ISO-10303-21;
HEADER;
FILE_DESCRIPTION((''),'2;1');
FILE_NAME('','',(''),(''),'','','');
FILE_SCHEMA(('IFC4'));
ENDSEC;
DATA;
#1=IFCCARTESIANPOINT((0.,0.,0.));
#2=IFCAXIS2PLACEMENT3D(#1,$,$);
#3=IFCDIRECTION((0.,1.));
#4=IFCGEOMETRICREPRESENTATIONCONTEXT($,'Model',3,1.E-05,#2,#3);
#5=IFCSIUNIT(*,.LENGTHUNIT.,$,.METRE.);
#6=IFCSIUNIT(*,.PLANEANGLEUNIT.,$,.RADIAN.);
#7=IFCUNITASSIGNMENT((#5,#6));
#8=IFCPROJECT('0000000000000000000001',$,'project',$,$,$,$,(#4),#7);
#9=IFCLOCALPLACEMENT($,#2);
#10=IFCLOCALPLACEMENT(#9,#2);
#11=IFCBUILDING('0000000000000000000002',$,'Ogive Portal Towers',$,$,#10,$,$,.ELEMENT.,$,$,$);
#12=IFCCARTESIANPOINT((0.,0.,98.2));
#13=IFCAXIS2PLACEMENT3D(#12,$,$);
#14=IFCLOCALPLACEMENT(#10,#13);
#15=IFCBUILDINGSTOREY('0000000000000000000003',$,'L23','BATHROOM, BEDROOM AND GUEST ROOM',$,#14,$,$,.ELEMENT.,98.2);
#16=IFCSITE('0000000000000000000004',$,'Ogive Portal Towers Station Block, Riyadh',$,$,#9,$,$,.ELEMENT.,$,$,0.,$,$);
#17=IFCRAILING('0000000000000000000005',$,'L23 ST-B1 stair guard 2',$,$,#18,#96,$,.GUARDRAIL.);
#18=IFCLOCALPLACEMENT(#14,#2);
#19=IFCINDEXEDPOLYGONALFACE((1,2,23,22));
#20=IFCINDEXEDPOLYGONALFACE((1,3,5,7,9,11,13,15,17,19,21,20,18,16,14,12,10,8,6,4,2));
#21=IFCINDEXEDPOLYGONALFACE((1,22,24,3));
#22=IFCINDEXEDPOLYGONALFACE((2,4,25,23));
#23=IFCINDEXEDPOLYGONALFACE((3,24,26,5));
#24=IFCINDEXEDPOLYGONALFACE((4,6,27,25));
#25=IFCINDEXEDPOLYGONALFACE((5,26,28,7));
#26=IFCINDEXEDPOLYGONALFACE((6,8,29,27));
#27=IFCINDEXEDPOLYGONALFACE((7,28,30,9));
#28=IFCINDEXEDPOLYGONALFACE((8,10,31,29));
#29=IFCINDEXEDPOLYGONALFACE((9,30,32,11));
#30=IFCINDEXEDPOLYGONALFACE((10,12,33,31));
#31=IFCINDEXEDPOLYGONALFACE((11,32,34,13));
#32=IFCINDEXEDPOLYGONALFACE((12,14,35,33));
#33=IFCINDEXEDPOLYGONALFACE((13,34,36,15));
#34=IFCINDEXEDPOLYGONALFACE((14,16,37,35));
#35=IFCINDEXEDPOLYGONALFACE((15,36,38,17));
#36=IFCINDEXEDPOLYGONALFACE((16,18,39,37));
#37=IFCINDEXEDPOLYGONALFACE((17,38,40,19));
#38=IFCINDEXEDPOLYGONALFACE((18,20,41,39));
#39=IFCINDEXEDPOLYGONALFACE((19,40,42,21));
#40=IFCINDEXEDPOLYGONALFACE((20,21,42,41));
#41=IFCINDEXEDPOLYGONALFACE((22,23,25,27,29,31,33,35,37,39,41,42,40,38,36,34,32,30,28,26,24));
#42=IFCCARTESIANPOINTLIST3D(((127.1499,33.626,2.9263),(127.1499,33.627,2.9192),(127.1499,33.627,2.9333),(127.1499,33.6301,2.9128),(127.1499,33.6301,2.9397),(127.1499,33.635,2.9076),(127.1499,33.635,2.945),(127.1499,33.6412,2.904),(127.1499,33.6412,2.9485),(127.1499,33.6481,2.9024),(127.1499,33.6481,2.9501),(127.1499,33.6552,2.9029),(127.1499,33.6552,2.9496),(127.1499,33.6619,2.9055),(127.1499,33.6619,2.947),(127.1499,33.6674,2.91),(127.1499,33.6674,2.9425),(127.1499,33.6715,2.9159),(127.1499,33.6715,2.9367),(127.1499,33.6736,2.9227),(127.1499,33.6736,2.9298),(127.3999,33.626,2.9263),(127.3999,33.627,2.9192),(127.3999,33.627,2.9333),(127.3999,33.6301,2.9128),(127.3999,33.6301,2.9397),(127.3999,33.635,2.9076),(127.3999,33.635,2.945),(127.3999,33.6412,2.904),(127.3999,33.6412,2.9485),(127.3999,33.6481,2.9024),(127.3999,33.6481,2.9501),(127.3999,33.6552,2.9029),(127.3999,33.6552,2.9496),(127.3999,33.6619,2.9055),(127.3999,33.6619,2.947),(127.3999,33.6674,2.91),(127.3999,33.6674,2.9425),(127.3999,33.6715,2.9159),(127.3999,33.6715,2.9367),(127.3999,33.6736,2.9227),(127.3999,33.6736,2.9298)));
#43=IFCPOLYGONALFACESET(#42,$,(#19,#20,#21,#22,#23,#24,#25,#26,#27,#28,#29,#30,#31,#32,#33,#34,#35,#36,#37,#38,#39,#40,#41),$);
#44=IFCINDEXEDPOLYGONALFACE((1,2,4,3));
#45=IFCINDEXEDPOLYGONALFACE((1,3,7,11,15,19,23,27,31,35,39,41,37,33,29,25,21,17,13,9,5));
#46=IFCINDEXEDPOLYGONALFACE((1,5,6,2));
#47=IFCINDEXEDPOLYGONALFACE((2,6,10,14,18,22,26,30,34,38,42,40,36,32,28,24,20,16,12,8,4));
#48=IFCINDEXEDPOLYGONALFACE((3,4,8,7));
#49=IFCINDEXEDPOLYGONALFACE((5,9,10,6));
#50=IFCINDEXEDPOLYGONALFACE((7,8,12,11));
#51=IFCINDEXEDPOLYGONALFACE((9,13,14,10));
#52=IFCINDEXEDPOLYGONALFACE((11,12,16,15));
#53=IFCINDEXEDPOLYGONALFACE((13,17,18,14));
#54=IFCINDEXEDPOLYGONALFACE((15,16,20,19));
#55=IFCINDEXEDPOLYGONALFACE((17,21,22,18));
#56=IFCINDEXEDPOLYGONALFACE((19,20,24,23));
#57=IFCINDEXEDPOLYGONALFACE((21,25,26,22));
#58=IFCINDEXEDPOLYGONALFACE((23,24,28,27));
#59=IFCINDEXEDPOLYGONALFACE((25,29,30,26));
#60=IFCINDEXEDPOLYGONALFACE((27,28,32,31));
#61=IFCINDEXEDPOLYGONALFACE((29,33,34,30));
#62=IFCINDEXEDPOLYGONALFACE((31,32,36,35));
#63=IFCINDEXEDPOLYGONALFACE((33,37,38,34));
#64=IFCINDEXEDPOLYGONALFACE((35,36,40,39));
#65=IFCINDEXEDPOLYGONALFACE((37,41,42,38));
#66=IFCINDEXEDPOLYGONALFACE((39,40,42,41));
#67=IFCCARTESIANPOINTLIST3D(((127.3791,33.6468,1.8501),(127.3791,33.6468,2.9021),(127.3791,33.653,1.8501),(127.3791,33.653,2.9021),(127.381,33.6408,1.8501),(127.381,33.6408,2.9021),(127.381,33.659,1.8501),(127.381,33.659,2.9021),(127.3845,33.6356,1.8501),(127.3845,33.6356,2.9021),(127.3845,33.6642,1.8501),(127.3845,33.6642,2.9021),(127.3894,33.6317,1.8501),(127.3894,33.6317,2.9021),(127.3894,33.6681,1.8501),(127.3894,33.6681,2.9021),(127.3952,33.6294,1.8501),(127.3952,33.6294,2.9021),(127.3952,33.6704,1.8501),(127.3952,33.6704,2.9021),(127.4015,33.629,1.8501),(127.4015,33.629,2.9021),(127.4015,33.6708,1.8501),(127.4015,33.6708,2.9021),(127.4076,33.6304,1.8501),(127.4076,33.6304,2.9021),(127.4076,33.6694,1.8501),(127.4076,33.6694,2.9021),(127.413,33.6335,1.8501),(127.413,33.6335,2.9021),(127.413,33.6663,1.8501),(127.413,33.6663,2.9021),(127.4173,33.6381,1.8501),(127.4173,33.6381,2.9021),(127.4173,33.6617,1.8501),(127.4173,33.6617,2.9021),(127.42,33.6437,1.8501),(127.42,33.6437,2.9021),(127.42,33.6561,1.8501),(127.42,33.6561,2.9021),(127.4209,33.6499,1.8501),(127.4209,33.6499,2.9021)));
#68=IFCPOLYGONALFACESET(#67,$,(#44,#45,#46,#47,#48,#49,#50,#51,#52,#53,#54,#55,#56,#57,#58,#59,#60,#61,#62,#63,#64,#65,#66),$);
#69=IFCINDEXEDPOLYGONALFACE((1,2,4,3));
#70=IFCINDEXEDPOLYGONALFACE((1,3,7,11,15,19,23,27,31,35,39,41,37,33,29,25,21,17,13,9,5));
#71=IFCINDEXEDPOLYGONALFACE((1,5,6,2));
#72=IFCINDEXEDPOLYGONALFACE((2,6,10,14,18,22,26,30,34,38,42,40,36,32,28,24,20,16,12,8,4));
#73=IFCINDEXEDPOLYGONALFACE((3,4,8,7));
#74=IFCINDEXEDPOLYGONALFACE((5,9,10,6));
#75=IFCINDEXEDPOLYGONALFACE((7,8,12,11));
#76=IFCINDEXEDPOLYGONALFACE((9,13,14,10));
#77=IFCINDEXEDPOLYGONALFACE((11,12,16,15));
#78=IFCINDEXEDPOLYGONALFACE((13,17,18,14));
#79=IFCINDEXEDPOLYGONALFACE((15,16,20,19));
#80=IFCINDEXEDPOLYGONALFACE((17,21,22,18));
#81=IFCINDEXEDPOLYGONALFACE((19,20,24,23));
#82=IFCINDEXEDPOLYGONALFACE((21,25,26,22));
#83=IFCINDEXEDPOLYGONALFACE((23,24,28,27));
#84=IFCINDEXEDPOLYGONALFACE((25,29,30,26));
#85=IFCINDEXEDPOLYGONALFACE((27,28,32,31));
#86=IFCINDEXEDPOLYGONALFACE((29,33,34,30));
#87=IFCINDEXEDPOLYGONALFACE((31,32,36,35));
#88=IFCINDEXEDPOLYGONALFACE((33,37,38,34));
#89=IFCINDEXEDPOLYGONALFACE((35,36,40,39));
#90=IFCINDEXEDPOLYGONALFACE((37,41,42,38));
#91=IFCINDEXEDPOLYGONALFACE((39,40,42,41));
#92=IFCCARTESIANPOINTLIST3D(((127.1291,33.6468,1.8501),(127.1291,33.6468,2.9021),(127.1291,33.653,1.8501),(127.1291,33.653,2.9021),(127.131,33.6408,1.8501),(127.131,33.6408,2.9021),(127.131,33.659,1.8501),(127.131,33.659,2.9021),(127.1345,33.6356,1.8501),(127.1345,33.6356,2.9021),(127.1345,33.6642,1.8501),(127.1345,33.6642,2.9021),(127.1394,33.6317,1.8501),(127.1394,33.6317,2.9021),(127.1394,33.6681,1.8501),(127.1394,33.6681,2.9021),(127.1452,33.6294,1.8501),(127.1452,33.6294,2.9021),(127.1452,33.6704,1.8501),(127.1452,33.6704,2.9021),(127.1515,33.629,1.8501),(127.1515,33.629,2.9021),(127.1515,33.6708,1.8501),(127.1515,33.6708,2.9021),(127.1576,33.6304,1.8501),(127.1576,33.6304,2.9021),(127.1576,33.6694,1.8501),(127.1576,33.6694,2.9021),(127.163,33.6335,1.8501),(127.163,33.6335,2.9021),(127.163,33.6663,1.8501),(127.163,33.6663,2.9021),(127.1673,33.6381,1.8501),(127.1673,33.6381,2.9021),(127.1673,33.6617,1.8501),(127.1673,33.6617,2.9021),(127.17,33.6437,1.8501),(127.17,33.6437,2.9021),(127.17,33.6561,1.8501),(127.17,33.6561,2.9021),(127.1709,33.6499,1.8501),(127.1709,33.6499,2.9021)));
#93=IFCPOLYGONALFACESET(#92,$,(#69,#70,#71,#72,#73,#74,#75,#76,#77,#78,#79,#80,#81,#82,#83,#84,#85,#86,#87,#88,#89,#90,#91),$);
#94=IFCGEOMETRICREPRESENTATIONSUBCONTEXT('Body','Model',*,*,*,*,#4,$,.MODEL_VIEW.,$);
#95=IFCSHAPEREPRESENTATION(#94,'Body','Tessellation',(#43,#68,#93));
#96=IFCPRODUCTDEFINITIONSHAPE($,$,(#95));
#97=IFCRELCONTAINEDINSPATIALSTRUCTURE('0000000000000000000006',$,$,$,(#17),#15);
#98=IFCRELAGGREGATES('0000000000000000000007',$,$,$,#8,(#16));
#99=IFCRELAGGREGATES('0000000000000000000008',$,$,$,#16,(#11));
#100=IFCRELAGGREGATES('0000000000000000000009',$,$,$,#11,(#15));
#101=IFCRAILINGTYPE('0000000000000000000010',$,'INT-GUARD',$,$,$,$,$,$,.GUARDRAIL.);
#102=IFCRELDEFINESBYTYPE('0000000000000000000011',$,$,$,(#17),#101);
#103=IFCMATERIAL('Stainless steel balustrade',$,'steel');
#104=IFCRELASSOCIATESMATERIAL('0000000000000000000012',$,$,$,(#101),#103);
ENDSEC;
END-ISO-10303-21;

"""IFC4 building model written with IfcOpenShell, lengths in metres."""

from ifc_helpers import new_model, si_unit, direction, frame, origin, origin_2d, place, context, subcontext, project, spatial, circle, extrude, material, type_object, element, save


model = new_model("IFC4")

# Units and contexts
model_context = context("Model", 3, precision=1e-05, world=origin(), true_north=direction((0.0, 1.0)))
body_context = subcontext(model_context, "Body", "Model", "MODEL_VIEW")
ifc_project = project(units=[si_unit("LENGTHUNIT", "METRE"), si_unit("PLANEANGLEUNIT", "RADIAN")], contexts=[model_context])

# Site, building, storey
site_placement = place(None, origin())
site = spatial("IfcSite", under=ifc_project, at=site_placement, Name="Ogive Portal Towers Station Block, Riyadh", CompositionType="ELEMENT", RefElevation=0.0)
building_placement = place(site_placement, origin())
building = spatial("IfcBuilding", under=site, at=building_placement, Name="Ogive Portal Towers", CompositionType="ELEMENT")
storey_placement = place(building_placement, frame((0.0, 0.0, 98.2)))
storey = spatial("IfcBuildingStorey", under=building, at=storey_placement, Name="L23", Description="BATHROOM, BEDROOM AND GUEST ROOM", CompositionType="ELEMENT", Elevation=98.2)

# Railing
ifc_material_1 = material(Name="Stainless steel balustrade", Category="steel")
railing_type_1 = type_object("IfcRailingType", Name="INT-GUARD", PredefinedType="GUARDRAIL", material=ifc_material_1)
railing_1_placement = place(storey_placement, frame((127.3999, 33.6499, 1.8501)))
element("IfcRailing", 1, at=railing_1_placement, inside=storey, type_object=railing_type_1, Name="L23 ST-B1 stair guard 2", PredefinedType="GUARDRAIL", context=body_context, shape_type="SweptSolid", body=[
    extrude(circle(Radius=0.0239, at=origin_2d()), frame((0.0, 0.0, 1.0762), z_axis=(-1.0, 0.0, 0.0), x_axis=(0.0, -1.0, 0.0)), (0.0, 0.0, 1.0), 0.25),
    extrude(circle(Radius=0.021, at=origin_2d()), origin(), (0.0, 0.0, 1.0), 1.052),
    extrude(circle(Radius=0.021, at=origin_2d()), frame((-0.25, 0.0, 0.0)), (0.0, 0.0, 1.0), 1.052),
])

save(model, "model.ifc")
